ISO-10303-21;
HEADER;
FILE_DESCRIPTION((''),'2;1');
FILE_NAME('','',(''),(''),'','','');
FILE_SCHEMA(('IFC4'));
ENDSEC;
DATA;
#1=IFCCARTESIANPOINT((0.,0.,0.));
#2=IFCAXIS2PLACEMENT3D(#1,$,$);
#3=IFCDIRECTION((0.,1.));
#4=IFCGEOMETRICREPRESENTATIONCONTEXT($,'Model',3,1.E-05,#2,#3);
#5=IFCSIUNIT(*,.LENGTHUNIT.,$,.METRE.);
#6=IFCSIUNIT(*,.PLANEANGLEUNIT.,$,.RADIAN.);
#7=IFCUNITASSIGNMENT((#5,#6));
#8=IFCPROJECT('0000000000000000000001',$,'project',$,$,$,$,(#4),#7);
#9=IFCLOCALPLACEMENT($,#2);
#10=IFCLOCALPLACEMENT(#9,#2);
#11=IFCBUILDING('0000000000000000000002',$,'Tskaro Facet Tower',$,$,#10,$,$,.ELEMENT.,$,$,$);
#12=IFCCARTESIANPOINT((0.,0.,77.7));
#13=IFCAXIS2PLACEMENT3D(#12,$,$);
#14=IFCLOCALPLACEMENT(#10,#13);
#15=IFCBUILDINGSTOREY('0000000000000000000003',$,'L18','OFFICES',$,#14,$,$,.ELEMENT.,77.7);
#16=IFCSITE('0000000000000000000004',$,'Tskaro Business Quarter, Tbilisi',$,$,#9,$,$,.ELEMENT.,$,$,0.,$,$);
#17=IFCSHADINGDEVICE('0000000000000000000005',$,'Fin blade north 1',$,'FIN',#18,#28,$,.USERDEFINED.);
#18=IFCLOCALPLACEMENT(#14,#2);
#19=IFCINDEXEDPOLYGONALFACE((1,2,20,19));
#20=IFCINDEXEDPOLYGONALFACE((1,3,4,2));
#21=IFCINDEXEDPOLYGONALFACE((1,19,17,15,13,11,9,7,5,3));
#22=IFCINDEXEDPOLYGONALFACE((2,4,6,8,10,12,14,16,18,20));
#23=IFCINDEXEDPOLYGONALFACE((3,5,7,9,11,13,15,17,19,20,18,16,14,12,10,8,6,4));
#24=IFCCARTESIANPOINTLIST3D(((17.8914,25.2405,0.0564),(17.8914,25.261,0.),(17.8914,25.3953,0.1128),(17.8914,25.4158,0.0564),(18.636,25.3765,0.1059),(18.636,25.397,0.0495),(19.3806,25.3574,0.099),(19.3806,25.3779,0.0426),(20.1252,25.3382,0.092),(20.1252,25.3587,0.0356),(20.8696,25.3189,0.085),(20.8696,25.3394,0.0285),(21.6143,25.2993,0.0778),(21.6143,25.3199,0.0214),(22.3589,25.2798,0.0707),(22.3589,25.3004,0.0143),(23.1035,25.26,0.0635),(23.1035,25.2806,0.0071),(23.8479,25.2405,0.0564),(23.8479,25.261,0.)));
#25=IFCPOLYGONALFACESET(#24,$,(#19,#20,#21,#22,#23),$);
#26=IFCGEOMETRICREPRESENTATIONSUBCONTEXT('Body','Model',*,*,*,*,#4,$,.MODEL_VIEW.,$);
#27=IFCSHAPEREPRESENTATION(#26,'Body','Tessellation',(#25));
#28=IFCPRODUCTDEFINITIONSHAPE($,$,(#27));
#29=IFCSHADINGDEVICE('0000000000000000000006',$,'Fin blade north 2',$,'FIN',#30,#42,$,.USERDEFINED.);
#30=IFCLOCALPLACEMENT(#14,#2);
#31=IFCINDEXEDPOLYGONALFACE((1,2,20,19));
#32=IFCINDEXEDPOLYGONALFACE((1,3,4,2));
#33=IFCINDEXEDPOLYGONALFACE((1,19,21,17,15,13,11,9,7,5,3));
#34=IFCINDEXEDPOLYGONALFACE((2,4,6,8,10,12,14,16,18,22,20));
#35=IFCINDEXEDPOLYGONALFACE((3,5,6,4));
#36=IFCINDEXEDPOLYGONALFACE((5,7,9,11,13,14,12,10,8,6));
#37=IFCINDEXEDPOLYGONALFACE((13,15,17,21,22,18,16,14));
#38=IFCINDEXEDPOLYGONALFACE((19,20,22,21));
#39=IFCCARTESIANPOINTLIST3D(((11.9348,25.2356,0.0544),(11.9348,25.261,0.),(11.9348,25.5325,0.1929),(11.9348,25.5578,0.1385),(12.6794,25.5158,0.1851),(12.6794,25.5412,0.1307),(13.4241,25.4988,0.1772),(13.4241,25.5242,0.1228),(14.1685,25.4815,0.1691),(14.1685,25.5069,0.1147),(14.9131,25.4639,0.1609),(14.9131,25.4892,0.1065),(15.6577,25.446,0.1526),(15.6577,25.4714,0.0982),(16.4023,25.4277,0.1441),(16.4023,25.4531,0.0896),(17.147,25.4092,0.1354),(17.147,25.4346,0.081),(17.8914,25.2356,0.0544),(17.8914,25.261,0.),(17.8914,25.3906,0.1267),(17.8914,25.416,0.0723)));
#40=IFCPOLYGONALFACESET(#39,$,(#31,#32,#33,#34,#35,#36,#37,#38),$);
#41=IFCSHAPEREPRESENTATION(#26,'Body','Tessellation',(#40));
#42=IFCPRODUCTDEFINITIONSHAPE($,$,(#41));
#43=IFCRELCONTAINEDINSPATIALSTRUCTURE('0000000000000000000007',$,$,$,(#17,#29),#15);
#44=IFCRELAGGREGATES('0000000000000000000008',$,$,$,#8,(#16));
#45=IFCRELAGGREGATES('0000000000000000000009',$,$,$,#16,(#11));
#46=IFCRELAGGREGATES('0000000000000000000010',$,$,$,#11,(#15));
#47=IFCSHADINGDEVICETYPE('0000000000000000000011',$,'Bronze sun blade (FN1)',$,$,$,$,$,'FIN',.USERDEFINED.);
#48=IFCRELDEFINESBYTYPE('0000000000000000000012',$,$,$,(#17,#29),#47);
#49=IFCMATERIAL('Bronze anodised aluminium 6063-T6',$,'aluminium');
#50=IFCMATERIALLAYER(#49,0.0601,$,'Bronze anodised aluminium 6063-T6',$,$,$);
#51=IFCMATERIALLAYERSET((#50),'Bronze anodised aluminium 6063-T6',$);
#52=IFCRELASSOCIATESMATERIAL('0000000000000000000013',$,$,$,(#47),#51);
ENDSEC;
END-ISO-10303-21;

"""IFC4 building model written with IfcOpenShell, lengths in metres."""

from ifc_helpers import new_model, si_unit, direction, frame, origin, place, context, subcontext, project, spatial, polyline, outline, extrude, material, layer, layer_set, type_object, element, save


model = new_model("IFC4")

# Units and contexts
model_context = context("Model", 3, precision=1e-05, world=origin(), true_north=direction((0.0, 1.0)))
body_context = subcontext(model_context, "Body", "Model", "MODEL_VIEW")
ifc_project = project(units=[si_unit("LENGTHUNIT", "METRE"), si_unit("PLANEANGLEUNIT", "RADIAN")], contexts=[model_context])

# Site, building, storey
site_placement = place(None, origin())
site = spatial("IfcSite", under=ifc_project, at=site_placement, Name="Tskaro Business Quarter, Tbilisi", CompositionType="ELEMENT", RefElevation=0.0)
building_placement = place(site_placement, origin())
building = spatial("IfcBuilding", under=site, at=building_placement, Name="Tskaro Facet Tower", CompositionType="ELEMENT")
storey_placement = place(building_placement, frame((0.0, 0.0, 77.7)))
storey = spatial("IfcBuildingStorey", under=building, at=storey_placement, Name="L18", Description="OFFICES", CompositionType="ELEMENT", Elevation=77.7)

# Shared definitions
ifc_material_1 = material(Name="Bronze anodised aluminium 6063-T6", Category="aluminium")

# Shading devices
ifc_layer_1 = layer(ifc_material_1, 0.0601, Name="Bronze anodised aluminium 6063-T6")
ifc_layer_set_1 = layer_set([ifc_layer_1], Name="Bronze anodised aluminium 6063-T6")
shading_device_type = type_object("IfcShadingDeviceType", Name="Bronze sun blade (FN1)", ElementType="FIN", PredefinedType="USERDEFINED", material=ifc_layer_set_1)
shading_device_1_placement = place(storey_placement, frame((23.8479, 25.2405, 0.0564), z_axis=(-0.000002, -0.342407, 0.939552), x_axis=(-1.0, 0.000001, -0.000002)))
element("IfcShadingDevice", 1, at=shading_device_1_placement, inside=storey, type_object=shading_device_type, Name="Fin blade north 1", ObjectType="FIN", PredefinedType="USERDEFINED", context=body_context, shape_type="SweptSolid", body=[
    extrude(outline(polyline([(0.0, 0.0), (5.9565, 0.0), (5.9565, -0.1647), (5.2119, -0.1447), (4.4673, -0.1244), (3.7227, -0.104), (2.9783, -0.0834), (2.2336, -0.0626), (1.489, -0.0419), (0.7444, -0.0208), (0.0, 0.0)])), origin(), (0.0, 0.0, -1.0), 0.0601),
])
shading_device_2_placement = place(storey_placement, frame((17.8914, 25.2356, 0.0544), z_axis=(-0.000002, -0.422706, 0.906267), x_axis=(-1.0, 0.000001, -0.000002)))
element("IfcShadingDevice", 2, at=shading_device_2_placement, inside=storey, type_object=shading_device_type, Name="Fin blade north 2", ObjectType="FIN", PredefinedType="USERDEFINED", context=body_context, shape_type="SweptSolid", body=[
    extrude(outline(polyline([(0.0, 0.0), (5.9565, 0.0), (5.9565, -0.3276), (5.2119, -0.3092), (4.4673, -0.2904), (3.7229, -0.2713), (2.9783, -0.2519), (2.2336, -0.2322), (1.489, -0.212), (0.7444, -0.1916), (0.0, -0.171), (0.0, 0.0)])), origin(), (0.0, 0.0, -1.0), 0.0601),
])

save(model, "model.ifc")
